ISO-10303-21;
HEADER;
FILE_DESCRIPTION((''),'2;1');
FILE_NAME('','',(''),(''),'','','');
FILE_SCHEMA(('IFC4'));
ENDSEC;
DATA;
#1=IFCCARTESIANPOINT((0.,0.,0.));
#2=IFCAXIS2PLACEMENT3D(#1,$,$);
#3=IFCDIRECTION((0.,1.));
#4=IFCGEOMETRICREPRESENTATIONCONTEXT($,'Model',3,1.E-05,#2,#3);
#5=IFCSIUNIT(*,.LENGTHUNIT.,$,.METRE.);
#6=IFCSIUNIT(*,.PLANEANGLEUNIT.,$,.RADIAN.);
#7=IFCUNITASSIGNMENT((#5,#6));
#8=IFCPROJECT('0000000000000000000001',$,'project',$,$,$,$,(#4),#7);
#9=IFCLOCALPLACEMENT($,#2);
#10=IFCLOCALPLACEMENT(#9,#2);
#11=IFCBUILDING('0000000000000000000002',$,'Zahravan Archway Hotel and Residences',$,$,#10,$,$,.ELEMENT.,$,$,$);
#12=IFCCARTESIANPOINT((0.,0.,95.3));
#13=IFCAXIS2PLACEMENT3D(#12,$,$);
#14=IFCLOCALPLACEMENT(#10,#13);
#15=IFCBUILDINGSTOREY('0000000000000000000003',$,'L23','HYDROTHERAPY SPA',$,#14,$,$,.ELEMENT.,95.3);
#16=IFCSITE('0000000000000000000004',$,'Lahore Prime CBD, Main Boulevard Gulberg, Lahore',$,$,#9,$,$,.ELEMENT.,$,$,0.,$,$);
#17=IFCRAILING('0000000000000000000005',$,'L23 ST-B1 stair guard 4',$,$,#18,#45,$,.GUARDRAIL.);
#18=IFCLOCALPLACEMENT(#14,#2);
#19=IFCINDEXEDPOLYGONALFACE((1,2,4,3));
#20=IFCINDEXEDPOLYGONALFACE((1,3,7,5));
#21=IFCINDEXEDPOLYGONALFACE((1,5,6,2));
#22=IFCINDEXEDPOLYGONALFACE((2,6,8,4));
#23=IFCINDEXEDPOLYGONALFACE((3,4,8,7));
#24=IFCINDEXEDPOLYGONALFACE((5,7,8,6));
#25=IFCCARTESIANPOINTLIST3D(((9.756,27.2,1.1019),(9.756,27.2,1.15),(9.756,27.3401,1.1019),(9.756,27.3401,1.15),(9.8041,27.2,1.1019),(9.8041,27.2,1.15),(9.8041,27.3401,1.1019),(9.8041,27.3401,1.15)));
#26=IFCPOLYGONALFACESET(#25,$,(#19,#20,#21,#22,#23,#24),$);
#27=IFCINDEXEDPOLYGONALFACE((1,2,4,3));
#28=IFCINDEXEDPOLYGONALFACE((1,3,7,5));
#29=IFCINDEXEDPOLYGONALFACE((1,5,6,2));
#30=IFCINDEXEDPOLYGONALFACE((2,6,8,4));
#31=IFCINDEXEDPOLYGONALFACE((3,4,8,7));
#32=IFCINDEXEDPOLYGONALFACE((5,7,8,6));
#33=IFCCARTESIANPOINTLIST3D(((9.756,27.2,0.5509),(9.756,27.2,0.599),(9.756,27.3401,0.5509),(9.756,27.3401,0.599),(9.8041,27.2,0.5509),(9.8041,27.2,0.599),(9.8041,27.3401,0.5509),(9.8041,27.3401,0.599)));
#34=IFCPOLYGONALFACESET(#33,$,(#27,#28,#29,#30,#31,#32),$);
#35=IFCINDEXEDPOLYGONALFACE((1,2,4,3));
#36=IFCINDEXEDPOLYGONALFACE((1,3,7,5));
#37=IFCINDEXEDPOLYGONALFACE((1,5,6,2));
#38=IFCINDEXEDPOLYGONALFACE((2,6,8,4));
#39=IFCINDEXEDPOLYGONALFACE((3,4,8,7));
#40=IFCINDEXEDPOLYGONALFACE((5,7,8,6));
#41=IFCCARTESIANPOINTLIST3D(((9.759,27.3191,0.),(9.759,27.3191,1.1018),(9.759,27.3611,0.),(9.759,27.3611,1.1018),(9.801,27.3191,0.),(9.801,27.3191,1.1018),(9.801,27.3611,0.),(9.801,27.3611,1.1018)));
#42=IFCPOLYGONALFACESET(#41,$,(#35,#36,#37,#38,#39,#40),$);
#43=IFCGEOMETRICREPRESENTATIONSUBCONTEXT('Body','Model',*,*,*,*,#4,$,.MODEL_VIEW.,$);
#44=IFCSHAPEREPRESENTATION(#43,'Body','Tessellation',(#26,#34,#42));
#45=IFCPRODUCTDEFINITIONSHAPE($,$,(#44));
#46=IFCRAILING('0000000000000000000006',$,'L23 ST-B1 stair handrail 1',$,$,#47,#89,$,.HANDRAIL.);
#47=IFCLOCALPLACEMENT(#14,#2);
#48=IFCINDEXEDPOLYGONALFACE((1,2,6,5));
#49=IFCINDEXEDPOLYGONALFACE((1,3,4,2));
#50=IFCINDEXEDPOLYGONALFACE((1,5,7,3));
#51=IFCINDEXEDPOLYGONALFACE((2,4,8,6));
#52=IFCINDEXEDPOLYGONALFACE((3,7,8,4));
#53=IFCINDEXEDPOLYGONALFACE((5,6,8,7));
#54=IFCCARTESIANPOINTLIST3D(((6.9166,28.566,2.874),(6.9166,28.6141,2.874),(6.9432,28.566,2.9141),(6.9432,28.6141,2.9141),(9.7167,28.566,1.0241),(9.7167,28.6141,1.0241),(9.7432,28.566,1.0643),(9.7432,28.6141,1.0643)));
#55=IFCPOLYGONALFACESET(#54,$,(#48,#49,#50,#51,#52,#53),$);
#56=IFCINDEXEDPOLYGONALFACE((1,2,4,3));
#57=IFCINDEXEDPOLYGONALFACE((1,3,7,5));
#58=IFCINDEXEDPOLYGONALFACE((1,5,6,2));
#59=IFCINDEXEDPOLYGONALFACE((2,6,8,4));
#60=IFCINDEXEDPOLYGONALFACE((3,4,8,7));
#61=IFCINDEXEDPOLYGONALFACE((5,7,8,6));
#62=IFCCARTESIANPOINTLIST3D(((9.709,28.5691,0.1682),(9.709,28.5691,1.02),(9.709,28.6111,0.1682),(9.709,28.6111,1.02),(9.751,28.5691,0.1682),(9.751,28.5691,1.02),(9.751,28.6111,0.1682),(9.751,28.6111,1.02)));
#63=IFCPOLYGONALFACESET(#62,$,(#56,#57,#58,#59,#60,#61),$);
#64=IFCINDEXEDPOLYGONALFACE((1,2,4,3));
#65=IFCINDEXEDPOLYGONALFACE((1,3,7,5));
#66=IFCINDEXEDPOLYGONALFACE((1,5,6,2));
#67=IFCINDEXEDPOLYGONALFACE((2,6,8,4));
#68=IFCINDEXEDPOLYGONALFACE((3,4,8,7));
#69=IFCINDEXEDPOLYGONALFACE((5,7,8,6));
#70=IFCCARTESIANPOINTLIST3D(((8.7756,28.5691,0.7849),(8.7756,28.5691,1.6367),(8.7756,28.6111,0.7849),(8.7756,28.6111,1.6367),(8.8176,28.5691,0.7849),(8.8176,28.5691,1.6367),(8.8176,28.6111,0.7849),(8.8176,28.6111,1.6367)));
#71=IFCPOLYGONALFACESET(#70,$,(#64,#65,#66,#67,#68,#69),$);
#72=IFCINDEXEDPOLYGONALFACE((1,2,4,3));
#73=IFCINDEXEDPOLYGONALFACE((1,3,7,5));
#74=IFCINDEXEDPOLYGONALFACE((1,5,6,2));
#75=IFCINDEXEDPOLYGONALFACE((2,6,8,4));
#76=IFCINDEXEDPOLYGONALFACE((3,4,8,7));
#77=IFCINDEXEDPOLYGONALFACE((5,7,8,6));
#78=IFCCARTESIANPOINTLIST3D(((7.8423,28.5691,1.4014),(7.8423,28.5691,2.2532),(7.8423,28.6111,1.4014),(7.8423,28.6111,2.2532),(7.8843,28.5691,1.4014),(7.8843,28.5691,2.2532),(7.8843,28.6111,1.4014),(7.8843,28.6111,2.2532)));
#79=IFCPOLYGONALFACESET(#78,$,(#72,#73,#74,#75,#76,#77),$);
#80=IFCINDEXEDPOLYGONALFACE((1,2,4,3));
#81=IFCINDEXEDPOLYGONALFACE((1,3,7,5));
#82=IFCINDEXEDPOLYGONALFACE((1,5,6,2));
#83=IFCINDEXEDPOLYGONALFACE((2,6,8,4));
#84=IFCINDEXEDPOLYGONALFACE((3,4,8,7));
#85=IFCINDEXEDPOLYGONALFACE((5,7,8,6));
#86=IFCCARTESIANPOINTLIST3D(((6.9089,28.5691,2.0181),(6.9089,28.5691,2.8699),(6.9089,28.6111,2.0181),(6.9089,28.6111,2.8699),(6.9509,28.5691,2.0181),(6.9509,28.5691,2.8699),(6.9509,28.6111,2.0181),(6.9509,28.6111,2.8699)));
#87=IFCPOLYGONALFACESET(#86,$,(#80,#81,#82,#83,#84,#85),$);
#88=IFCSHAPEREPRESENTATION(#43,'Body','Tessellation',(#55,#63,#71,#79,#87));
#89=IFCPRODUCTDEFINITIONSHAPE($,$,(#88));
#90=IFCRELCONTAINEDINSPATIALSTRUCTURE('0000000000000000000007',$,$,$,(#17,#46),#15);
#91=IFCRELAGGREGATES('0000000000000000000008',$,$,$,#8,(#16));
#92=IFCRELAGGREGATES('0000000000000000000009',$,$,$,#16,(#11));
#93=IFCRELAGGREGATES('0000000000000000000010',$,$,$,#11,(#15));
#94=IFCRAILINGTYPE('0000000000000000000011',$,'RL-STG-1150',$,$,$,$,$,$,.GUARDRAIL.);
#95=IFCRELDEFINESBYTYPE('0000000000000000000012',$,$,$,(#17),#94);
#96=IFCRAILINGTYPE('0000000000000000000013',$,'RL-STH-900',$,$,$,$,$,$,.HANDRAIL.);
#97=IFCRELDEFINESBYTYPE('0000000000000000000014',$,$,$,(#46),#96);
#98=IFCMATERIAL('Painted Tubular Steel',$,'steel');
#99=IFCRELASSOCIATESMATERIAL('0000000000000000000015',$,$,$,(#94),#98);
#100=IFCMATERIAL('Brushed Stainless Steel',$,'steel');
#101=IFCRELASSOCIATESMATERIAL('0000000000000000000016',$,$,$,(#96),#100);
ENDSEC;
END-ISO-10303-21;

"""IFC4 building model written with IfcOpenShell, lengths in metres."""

from ifc_helpers import new_model, si_unit, direction, frame, origin, origin_2d, place, context, subcontext, project, spatial, rectangle, extrude, material, type_object, element, save


model = new_model("IFC4")

# Units and contexts
model_context = context("Model", 3, precision=1e-05, world=origin(), true_north=direction((0.0, 1.0)))
body_context = subcontext(model_context, "Body", "Model", "MODEL_VIEW")
ifc_project = project(units=[si_unit("LENGTHUNIT", "METRE"), si_unit("PLANEANGLEUNIT", "RADIAN")], contexts=[model_context])

# Site, building, storey
site_placement = place(None, origin())
site = spatial("IfcSite", under=ifc_project, at=site_placement, Name="Lahore Prime CBD, Main Boulevard Gulberg, Lahore", CompositionType="ELEMENT", RefElevation=0.0)
building_placement = place(site_placement, origin())
building = spatial("IfcBuilding", under=site, at=building_placement, Name="Zahravan Archway Hotel and Residences", CompositionType="ELEMENT")
storey_placement = place(building_placement, frame((0.0, 0.0, 95.3)))
storey = spatial("IfcBuildingStorey", under=building, at=storey_placement, Name="L23", Description="HYDROTHERAPY SPA", CompositionType="ELEMENT", Elevation=95.3)

# Shared definitions
ifc_material_1 = material(Name="Brushed Stainless Steel", Category="steel")

# Railings
ifc_material_2 = material(Name="Painted Tubular Steel", Category="steel")
railing_type_1 = type_object("IfcRailingType", Name="RL-STG-1150", PredefinedType="GUARDRAIL", material=ifc_material_2)
railing_1_placement = place(storey_placement, frame((9.78, 27.3401, 0.0)))
element("IfcRailing", 1, at=railing_1_placement, inside=storey, type_object=railing_type_1, Name="L23 ST-B1 stair guard 4", PredefinedType="GUARDRAIL", context=body_context, shape_type="SweptSolid", body=[
    extrude(rectangle(XDim=0.0481, YDim=0.0481, at=origin_2d()), frame((0.0, 0.0, 1.126), z_axis=(0.0, -1.0, 0.0), x_axis=(1.0, 0.0, 0.0)), (0.0, 0.0, 1.0), 0.1401),
    extrude(rectangle(XDim=0.0481, YDim=0.0481, at=origin_2d()), frame((0.0, 0.0, 0.575), z_axis=(0.0, -1.0, 0.0), x_axis=(1.0, 0.0, 0.0)), (0.0, 0.0, 1.0), 0.1401),
    extrude(rectangle(XDim=0.042, YDim=0.042, at=origin_2d()), origin(), (0.0, 0.0, 1.0), 1.1018),
])
railing_type_2 = type_object("IfcRailingType", Name="RL-STH-900", PredefinedType="HANDRAIL", material=ifc_material_1)
railing_2_placement = place(storey_placement, frame((9.73, 28.5901, 0.1682)))
element("IfcRailing", 2, at=railing_2_placement, inside=storey, type_object=railing_type_2, Name="L23 ST-B1 stair handrail 1", PredefinedType="HANDRAIL", context=body_context, shape_type="SweptSolid", body=[
    extrude(rectangle(XDim=0.0481, YDim=0.0481, at=origin_2d()), frame((0.0, 0.0, 0.876), z_axis=(-0.83436, 0.0, 0.55122), x_axis=(0.0, -1.0, 0.0)), (0.0, 0.0, 1.0), 3.356),
    extrude(rectangle(XDim=0.042, YDim=0.042, at=origin_2d()), origin(), (0.0, 0.0, 1.0), 0.8518),
    extrude(rectangle(XDim=0.042, YDim=0.042, at=origin_2d()), frame((-0.9333, 0.0, 0.6167)), (0.0, 0.0, 1.0), 0.8518),
    extrude(rectangle(XDim=0.042, YDim=0.042, at=origin_2d()), frame((-1.8667, 0.0, 1.2332)), (0.0, 0.0, 1.0), 0.8518),
    extrude(rectangle(XDim=0.042, YDim=0.042, at=origin_2d()), frame((-2.8, 0.0, 1.8499)), (0.0, 0.0, 1.0), 0.8518),
])

save(model, "model.ifc")
